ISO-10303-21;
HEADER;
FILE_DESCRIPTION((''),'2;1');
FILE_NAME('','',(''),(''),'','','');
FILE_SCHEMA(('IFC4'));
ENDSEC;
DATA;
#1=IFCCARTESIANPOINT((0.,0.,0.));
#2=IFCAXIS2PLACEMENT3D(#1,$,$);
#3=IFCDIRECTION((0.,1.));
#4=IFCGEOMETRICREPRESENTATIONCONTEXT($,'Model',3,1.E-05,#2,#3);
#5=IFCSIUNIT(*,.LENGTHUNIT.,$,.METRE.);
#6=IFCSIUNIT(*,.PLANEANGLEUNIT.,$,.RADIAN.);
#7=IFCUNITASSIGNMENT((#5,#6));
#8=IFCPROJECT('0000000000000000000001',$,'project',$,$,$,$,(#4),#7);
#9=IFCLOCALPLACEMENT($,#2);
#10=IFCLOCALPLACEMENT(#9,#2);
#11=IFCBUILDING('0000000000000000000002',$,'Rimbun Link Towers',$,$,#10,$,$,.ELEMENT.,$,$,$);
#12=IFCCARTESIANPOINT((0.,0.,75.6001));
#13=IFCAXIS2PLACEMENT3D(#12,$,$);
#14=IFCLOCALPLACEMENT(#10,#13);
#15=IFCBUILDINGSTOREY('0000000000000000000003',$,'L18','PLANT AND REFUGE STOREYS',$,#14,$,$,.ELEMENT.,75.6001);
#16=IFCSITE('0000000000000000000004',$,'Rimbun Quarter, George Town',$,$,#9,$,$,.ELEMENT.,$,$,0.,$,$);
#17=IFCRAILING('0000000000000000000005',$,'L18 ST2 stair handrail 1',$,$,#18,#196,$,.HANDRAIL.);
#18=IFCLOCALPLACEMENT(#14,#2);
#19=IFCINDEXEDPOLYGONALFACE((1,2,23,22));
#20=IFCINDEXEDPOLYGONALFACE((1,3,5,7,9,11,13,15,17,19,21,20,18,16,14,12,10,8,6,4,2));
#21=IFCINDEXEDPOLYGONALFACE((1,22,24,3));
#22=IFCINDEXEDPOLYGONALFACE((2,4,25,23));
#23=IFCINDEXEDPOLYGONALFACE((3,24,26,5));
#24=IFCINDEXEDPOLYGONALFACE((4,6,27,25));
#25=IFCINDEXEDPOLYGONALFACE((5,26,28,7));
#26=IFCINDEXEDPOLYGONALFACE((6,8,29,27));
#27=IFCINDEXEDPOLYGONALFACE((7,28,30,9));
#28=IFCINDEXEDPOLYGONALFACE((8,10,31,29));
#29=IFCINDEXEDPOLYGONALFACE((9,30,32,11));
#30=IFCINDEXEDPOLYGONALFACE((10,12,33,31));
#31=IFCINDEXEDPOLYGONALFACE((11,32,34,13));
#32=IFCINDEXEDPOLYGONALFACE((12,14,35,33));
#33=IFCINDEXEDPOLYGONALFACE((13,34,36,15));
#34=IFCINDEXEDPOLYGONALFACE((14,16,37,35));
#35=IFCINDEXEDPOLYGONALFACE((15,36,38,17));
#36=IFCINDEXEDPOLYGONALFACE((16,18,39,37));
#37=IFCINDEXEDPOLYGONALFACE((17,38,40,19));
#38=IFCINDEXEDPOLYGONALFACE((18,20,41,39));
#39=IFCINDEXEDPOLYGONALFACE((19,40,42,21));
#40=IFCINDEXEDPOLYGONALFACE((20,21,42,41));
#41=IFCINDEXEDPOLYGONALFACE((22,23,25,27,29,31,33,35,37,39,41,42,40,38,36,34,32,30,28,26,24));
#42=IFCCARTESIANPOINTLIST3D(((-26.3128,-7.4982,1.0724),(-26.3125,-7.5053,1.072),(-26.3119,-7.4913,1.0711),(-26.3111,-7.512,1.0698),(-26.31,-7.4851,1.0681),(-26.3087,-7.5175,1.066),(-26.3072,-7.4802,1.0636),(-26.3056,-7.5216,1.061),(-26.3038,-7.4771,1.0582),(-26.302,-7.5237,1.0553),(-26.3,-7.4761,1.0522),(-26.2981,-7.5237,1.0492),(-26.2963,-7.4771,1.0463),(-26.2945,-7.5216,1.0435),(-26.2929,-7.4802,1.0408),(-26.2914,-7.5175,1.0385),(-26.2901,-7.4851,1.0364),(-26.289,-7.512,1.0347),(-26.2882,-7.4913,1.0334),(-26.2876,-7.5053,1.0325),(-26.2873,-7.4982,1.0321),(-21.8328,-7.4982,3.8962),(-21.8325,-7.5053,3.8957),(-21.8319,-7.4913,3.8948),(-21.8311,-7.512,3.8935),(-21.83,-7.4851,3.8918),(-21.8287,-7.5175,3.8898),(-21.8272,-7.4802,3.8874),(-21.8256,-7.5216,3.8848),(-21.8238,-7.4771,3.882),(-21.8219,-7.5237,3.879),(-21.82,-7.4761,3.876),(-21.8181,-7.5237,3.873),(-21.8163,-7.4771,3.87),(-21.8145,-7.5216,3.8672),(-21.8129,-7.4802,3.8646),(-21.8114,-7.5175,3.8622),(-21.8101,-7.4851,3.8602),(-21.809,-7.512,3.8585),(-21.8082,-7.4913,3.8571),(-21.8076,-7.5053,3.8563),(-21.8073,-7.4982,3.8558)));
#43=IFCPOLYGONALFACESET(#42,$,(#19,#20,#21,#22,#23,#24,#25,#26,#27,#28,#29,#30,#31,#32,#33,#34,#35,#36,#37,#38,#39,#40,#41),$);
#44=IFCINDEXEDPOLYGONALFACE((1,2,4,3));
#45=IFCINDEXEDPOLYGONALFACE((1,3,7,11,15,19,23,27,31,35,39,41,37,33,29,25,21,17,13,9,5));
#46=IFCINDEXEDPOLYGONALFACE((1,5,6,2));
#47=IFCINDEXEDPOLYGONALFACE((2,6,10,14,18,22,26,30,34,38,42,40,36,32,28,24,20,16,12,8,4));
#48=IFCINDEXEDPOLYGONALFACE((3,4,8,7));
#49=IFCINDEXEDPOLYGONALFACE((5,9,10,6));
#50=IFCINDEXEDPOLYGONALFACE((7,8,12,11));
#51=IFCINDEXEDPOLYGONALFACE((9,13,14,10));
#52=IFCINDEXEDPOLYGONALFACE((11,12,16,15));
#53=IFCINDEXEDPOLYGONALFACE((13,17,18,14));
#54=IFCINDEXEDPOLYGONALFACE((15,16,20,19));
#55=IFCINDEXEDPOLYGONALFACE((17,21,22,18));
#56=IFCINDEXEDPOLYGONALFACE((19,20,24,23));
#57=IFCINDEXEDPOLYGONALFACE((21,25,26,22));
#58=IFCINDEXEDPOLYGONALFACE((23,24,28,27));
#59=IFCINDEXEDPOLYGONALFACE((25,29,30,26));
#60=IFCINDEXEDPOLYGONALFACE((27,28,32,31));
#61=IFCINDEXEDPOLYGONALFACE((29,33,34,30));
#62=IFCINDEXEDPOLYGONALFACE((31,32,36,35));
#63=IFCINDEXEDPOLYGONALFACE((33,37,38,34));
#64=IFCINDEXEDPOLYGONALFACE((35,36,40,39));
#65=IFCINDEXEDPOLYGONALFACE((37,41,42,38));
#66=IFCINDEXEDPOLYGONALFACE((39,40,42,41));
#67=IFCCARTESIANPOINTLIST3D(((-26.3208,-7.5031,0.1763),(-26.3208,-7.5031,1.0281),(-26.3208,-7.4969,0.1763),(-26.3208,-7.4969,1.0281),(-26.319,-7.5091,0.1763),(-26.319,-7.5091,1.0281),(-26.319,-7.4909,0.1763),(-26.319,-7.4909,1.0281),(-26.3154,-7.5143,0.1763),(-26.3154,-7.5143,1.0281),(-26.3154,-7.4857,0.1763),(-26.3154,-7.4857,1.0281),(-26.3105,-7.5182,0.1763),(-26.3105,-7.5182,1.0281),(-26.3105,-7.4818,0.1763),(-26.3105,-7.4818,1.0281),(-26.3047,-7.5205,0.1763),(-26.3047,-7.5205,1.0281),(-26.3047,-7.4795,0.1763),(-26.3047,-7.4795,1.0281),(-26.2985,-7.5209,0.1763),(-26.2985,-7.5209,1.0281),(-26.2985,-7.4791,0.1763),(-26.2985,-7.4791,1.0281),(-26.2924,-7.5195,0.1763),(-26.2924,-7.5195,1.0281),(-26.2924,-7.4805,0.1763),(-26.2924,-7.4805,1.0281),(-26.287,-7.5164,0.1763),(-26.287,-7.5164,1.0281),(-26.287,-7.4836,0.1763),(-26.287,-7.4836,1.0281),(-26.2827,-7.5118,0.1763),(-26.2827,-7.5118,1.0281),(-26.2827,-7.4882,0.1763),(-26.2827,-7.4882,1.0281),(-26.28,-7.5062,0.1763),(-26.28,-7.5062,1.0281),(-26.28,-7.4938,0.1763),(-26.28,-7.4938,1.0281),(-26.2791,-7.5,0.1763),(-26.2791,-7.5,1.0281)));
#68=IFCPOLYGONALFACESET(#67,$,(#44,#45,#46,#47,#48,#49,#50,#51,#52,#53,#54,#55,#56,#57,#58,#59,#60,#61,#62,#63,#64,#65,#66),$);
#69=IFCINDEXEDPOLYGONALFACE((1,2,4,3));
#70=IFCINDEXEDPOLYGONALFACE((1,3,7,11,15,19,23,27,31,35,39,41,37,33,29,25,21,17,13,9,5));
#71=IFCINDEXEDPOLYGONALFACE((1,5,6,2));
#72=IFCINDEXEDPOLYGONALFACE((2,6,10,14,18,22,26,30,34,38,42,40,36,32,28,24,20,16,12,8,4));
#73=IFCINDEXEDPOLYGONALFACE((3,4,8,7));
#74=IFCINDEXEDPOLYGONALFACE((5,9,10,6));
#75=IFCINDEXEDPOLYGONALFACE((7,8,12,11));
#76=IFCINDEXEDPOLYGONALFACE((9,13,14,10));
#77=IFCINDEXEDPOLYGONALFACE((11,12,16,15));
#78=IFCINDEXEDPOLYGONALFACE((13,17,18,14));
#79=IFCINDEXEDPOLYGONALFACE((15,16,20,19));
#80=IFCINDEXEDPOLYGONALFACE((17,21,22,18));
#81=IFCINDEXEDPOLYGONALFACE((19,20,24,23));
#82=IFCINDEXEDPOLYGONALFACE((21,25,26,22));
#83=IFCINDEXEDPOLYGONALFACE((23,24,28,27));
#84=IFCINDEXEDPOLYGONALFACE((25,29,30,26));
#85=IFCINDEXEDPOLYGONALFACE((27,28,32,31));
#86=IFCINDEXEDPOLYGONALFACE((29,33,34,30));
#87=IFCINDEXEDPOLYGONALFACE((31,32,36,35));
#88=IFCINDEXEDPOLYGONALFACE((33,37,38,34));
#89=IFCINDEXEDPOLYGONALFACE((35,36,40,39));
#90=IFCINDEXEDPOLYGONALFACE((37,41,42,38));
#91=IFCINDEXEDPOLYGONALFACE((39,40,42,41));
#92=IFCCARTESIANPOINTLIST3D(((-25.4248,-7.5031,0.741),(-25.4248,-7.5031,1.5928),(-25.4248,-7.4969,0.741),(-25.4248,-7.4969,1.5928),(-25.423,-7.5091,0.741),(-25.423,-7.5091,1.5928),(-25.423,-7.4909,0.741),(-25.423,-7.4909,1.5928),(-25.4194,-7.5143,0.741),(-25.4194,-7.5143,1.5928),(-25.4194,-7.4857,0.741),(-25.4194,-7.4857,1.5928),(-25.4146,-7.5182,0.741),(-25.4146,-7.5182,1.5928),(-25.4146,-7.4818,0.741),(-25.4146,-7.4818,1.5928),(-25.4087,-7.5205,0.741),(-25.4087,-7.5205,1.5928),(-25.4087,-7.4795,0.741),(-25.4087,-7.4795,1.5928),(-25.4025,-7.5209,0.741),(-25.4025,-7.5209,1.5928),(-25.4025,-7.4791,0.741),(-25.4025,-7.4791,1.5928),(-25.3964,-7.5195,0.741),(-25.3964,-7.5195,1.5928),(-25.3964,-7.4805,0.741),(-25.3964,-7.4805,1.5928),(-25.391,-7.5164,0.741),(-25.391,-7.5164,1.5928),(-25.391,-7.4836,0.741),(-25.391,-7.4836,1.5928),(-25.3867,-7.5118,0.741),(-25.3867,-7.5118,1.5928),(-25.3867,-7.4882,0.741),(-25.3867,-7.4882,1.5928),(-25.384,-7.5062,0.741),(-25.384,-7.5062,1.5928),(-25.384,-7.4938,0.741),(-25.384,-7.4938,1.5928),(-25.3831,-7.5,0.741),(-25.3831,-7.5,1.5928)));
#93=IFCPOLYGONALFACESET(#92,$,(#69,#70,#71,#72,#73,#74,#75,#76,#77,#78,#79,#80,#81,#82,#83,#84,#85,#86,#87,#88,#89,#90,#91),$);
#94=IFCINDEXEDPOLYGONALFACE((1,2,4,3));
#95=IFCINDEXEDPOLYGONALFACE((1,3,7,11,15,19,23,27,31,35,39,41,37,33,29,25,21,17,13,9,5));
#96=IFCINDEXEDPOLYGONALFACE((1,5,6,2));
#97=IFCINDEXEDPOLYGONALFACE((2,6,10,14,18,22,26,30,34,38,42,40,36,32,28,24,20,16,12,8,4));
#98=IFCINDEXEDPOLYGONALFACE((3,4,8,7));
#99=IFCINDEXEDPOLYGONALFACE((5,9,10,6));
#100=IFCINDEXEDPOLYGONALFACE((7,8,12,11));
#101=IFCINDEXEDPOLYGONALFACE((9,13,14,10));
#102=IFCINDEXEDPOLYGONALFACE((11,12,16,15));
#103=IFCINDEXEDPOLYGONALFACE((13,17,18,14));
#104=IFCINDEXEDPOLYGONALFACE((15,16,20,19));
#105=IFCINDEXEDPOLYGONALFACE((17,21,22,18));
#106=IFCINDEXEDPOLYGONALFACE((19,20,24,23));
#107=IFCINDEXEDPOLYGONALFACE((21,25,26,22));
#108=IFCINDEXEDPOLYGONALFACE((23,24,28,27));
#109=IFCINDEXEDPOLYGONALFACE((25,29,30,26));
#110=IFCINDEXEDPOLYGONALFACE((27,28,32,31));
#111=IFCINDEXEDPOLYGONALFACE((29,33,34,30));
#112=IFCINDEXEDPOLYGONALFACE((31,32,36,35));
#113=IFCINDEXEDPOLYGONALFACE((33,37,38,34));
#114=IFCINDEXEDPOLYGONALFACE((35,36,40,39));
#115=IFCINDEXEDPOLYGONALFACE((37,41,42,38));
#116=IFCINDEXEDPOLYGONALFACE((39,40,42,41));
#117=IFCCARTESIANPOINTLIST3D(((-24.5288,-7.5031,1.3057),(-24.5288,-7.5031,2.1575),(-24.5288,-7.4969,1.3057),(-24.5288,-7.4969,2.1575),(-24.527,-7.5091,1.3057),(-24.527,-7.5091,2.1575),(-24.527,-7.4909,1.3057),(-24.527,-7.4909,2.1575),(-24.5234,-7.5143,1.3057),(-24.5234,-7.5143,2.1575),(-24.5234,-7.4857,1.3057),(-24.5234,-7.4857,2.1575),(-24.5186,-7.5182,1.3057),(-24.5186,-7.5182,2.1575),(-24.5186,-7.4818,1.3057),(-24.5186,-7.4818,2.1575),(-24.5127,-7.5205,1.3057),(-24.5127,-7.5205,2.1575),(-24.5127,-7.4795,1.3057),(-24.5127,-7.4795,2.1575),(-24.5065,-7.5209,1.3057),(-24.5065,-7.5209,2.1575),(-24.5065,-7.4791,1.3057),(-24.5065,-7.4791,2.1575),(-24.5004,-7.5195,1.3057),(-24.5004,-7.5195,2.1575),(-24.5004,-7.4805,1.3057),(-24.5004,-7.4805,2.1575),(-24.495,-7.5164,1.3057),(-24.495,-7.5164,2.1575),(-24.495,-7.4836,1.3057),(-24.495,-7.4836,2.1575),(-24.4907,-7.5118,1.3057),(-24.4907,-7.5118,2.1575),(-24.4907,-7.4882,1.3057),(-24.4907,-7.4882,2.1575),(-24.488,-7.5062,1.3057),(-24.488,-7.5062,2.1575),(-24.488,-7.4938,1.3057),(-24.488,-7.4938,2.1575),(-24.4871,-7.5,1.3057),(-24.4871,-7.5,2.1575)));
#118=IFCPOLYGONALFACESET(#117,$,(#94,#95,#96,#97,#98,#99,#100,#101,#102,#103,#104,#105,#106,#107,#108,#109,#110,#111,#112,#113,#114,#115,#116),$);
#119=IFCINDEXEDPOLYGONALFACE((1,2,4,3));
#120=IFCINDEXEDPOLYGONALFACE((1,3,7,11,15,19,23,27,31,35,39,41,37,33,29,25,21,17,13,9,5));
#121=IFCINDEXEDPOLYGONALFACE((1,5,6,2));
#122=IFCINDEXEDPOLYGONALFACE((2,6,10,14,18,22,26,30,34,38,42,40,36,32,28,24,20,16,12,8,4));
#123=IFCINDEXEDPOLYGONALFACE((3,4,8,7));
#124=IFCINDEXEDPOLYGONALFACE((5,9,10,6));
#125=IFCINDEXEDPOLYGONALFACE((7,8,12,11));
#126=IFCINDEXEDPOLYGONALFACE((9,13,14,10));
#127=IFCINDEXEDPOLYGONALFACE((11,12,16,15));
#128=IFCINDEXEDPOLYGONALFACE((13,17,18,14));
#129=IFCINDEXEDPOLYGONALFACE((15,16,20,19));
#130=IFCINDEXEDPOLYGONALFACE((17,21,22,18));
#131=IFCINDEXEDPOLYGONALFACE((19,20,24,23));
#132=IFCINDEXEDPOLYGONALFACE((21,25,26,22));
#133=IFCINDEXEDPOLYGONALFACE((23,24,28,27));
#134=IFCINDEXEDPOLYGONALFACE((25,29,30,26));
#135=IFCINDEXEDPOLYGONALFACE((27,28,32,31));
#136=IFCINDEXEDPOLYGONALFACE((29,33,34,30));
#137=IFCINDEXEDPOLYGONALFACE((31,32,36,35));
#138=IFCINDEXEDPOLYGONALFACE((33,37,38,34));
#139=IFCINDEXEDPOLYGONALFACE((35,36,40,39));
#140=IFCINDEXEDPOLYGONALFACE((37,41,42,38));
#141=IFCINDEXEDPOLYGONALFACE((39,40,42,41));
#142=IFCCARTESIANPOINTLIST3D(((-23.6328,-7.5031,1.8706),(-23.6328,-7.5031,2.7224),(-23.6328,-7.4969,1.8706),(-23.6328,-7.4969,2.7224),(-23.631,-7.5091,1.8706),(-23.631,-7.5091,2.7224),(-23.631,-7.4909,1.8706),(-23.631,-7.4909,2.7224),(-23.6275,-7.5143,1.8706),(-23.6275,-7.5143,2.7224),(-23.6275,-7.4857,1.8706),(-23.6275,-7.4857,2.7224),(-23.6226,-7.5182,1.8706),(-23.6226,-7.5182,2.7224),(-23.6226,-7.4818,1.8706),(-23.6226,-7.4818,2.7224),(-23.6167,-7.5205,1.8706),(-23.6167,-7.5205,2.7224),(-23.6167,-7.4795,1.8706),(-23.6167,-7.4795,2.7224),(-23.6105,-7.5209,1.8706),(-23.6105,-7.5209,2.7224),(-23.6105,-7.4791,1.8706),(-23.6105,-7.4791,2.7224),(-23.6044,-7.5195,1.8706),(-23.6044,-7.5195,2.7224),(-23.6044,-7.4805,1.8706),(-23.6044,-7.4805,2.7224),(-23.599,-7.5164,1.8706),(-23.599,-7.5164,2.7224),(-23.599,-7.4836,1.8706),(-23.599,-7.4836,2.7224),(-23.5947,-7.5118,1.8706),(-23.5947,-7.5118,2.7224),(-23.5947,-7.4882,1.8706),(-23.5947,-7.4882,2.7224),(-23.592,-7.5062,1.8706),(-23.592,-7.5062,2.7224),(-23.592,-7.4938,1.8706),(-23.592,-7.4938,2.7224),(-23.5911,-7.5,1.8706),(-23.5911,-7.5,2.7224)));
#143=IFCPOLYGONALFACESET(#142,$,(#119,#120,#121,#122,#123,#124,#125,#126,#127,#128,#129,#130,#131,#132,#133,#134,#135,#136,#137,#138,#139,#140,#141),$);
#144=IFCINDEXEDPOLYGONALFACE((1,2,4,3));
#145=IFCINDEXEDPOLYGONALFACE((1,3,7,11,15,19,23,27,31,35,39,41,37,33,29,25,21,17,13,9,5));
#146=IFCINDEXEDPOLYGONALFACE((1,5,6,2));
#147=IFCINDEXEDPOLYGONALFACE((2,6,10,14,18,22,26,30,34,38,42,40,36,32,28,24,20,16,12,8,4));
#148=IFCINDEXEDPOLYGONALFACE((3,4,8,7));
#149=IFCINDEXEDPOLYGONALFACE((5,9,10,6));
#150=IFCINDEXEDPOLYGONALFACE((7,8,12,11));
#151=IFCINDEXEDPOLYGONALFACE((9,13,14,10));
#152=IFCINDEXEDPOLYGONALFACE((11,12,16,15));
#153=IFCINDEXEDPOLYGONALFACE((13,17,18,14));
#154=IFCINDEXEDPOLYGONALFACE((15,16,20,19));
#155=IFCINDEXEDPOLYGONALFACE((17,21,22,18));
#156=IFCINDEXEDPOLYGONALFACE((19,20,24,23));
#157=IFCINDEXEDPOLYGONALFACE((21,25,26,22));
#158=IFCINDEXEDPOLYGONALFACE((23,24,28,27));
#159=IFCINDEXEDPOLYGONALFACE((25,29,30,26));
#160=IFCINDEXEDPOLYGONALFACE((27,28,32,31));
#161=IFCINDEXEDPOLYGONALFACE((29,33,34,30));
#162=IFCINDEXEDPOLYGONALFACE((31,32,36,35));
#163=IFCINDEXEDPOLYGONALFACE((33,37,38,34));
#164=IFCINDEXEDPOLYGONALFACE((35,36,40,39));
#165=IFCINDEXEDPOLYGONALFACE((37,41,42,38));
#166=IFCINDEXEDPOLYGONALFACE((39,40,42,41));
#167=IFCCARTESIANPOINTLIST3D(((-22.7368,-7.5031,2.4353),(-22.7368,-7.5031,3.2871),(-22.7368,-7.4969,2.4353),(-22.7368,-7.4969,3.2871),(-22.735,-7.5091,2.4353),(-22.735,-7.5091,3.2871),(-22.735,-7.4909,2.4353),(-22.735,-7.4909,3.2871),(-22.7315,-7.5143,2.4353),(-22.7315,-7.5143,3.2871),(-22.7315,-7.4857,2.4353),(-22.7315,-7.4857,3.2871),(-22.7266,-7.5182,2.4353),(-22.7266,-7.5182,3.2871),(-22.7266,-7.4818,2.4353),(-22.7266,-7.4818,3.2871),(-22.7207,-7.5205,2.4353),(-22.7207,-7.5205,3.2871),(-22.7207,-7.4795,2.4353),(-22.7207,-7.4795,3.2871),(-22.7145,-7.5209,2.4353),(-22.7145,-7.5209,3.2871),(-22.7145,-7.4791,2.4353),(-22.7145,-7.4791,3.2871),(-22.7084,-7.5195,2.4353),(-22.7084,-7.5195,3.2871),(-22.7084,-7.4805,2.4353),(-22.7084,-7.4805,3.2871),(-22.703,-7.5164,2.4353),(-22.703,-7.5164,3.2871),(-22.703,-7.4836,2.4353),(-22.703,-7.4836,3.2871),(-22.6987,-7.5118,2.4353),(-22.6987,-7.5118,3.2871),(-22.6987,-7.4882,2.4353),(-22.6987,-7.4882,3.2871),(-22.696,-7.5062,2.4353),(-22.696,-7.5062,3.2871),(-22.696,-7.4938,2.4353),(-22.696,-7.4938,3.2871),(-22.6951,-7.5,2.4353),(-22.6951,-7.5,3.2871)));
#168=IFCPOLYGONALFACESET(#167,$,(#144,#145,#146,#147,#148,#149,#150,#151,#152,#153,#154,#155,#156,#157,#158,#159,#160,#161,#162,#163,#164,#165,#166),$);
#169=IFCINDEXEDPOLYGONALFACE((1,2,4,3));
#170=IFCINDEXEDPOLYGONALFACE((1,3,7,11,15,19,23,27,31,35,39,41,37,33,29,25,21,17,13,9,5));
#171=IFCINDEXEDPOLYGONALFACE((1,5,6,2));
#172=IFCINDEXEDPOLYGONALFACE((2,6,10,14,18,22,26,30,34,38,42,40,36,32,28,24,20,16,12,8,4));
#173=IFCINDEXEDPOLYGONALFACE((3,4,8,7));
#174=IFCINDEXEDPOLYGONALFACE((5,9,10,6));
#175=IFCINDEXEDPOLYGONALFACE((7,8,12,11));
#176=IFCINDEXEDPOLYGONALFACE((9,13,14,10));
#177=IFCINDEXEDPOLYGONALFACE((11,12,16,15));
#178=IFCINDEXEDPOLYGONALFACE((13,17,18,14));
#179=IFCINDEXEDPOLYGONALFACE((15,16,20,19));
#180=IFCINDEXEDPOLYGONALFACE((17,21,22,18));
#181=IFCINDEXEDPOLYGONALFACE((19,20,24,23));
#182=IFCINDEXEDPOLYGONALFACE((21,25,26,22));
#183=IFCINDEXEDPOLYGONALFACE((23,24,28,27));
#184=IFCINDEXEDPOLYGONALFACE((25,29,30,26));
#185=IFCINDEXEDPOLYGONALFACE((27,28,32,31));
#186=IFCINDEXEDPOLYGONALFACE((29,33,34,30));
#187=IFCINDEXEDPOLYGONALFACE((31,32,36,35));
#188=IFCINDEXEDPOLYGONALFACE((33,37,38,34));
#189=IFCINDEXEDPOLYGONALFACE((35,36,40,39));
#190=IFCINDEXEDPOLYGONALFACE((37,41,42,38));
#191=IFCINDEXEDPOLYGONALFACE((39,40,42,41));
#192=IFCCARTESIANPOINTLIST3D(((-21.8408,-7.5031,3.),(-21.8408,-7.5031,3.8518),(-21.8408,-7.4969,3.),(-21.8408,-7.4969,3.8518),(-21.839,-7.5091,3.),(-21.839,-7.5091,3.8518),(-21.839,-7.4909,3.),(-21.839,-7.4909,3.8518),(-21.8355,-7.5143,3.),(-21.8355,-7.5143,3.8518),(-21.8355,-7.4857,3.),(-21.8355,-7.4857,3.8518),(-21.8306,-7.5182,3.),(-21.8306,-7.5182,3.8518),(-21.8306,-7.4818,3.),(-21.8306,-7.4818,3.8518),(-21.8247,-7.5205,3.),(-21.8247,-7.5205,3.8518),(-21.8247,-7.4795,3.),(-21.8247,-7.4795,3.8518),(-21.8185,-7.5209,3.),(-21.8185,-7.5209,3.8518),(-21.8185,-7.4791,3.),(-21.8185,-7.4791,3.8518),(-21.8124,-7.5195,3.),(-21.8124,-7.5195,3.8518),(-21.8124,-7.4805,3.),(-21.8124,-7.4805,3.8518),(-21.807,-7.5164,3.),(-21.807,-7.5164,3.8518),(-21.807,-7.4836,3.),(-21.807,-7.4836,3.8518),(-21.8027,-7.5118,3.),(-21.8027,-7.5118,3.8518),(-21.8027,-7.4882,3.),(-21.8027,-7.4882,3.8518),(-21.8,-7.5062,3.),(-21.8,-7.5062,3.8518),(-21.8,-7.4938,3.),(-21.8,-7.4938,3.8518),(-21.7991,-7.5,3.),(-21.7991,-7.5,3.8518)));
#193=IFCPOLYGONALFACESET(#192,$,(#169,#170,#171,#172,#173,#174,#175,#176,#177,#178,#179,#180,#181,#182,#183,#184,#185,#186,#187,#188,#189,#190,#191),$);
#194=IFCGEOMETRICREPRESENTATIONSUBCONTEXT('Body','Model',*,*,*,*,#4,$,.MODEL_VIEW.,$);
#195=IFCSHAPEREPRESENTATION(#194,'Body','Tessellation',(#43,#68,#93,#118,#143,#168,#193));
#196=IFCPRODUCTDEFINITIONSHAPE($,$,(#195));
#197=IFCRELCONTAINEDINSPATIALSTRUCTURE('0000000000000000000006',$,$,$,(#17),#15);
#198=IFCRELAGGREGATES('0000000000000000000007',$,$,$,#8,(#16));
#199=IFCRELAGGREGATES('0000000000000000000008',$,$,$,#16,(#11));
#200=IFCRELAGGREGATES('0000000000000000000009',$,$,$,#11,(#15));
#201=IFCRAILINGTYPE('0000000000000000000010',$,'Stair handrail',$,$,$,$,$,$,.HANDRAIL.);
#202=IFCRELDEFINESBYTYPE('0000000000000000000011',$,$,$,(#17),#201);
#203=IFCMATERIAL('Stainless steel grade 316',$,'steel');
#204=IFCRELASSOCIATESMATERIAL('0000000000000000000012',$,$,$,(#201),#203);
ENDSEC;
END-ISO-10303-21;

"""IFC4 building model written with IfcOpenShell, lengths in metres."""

from ifc_helpers import new_model, si_unit, direction, frame, origin, origin_2d, place, context, subcontext, project, spatial, circle, extrude, material, type_object, element, save


model = new_model("IFC4")

# Units and contexts
model_context = context("Model", 3, precision=1e-05, world=origin(), true_north=direction((0.0, 1.0)))
body_context = subcontext(model_context, "Body", "Model", "MODEL_VIEW")
ifc_project = project(units=[si_unit("LENGTHUNIT", "METRE"), si_unit("PLANEANGLEUNIT", "RADIAN")], contexts=[model_context])

# Site, building, storey
site_placement = place(None, origin())
site = spatial("IfcSite", under=ifc_project, at=site_placement, Name="Rimbun Quarter, George Town", CompositionType="ELEMENT", RefElevation=0.0)
building_placement = place(site_placement, origin())
building = spatial("IfcBuilding", under=site, at=building_placement, Name="Rimbun Link Towers", CompositionType="ELEMENT")
storey_placement = place(building_placement, frame((0.0, 0.0, 75.6001)))
storey = spatial("IfcBuildingStorey", under=building, at=storey_placement, Name="L18", Description="PLANT AND REFUGE STOREYS", CompositionType="ELEMENT", Elevation=75.6001)

# Railing
ifc_material_1 = material(Name="Stainless steel grade 316", Category="steel")
railing_type_1 = type_object("IfcRailingType", Name="Stair handrail", PredefinedType="HANDRAIL", material=ifc_material_1)
railing_1_placement = place(storey_placement, frame((-26.3, -7.5, 0.1763)))
element("IfcRailing", 1, at=railing_1_placement, inside=storey, type_object=railing_type_1, Name="L18 ST2 stair handrail 1", PredefinedType="HANDRAIL", context=body_context, shape_type="SweptSolid", body=[
    extrude(circle(Radius=0.0239, at=origin_2d()), frame((0.0, 0.0, 0.876), z_axis=(0.845977, 0.0, 0.533219), x_axis=(0.0, 1.0, 0.0)), (0.0, 0.0, 1.0), 5.2957),
    extrude(circle(Radius=0.021, at=origin_2d()), origin(), (0.0, 0.0, 1.0), 0.8518),
    extrude(circle(Radius=0.021, at=origin_2d()), frame((0.896, 0.0, 0.5647)), (0.0, 0.0, 1.0), 0.8518),
    extrude(circle(Radius=0.021, at=origin_2d()), frame((1.792, 0.0, 1.1294)), (0.0, 0.0, 1.0), 0.8518),
    extrude(circle(Radius=0.021, at=origin_2d()), frame((2.688, 0.0, 1.6943)), (0.0, 0.0, 1.0), 0.8518),
    extrude(circle(Radius=0.021, at=origin_2d()), frame((3.584, 0.0, 2.259)), (0.0, 0.0, 1.0), 0.8518),
    extrude(circle(Radius=0.021, at=origin_2d()), frame((4.48, 0.0, 2.8237)), (0.0, 0.0, 1.0), 0.8518),
])

save(model, "model.ifc")
